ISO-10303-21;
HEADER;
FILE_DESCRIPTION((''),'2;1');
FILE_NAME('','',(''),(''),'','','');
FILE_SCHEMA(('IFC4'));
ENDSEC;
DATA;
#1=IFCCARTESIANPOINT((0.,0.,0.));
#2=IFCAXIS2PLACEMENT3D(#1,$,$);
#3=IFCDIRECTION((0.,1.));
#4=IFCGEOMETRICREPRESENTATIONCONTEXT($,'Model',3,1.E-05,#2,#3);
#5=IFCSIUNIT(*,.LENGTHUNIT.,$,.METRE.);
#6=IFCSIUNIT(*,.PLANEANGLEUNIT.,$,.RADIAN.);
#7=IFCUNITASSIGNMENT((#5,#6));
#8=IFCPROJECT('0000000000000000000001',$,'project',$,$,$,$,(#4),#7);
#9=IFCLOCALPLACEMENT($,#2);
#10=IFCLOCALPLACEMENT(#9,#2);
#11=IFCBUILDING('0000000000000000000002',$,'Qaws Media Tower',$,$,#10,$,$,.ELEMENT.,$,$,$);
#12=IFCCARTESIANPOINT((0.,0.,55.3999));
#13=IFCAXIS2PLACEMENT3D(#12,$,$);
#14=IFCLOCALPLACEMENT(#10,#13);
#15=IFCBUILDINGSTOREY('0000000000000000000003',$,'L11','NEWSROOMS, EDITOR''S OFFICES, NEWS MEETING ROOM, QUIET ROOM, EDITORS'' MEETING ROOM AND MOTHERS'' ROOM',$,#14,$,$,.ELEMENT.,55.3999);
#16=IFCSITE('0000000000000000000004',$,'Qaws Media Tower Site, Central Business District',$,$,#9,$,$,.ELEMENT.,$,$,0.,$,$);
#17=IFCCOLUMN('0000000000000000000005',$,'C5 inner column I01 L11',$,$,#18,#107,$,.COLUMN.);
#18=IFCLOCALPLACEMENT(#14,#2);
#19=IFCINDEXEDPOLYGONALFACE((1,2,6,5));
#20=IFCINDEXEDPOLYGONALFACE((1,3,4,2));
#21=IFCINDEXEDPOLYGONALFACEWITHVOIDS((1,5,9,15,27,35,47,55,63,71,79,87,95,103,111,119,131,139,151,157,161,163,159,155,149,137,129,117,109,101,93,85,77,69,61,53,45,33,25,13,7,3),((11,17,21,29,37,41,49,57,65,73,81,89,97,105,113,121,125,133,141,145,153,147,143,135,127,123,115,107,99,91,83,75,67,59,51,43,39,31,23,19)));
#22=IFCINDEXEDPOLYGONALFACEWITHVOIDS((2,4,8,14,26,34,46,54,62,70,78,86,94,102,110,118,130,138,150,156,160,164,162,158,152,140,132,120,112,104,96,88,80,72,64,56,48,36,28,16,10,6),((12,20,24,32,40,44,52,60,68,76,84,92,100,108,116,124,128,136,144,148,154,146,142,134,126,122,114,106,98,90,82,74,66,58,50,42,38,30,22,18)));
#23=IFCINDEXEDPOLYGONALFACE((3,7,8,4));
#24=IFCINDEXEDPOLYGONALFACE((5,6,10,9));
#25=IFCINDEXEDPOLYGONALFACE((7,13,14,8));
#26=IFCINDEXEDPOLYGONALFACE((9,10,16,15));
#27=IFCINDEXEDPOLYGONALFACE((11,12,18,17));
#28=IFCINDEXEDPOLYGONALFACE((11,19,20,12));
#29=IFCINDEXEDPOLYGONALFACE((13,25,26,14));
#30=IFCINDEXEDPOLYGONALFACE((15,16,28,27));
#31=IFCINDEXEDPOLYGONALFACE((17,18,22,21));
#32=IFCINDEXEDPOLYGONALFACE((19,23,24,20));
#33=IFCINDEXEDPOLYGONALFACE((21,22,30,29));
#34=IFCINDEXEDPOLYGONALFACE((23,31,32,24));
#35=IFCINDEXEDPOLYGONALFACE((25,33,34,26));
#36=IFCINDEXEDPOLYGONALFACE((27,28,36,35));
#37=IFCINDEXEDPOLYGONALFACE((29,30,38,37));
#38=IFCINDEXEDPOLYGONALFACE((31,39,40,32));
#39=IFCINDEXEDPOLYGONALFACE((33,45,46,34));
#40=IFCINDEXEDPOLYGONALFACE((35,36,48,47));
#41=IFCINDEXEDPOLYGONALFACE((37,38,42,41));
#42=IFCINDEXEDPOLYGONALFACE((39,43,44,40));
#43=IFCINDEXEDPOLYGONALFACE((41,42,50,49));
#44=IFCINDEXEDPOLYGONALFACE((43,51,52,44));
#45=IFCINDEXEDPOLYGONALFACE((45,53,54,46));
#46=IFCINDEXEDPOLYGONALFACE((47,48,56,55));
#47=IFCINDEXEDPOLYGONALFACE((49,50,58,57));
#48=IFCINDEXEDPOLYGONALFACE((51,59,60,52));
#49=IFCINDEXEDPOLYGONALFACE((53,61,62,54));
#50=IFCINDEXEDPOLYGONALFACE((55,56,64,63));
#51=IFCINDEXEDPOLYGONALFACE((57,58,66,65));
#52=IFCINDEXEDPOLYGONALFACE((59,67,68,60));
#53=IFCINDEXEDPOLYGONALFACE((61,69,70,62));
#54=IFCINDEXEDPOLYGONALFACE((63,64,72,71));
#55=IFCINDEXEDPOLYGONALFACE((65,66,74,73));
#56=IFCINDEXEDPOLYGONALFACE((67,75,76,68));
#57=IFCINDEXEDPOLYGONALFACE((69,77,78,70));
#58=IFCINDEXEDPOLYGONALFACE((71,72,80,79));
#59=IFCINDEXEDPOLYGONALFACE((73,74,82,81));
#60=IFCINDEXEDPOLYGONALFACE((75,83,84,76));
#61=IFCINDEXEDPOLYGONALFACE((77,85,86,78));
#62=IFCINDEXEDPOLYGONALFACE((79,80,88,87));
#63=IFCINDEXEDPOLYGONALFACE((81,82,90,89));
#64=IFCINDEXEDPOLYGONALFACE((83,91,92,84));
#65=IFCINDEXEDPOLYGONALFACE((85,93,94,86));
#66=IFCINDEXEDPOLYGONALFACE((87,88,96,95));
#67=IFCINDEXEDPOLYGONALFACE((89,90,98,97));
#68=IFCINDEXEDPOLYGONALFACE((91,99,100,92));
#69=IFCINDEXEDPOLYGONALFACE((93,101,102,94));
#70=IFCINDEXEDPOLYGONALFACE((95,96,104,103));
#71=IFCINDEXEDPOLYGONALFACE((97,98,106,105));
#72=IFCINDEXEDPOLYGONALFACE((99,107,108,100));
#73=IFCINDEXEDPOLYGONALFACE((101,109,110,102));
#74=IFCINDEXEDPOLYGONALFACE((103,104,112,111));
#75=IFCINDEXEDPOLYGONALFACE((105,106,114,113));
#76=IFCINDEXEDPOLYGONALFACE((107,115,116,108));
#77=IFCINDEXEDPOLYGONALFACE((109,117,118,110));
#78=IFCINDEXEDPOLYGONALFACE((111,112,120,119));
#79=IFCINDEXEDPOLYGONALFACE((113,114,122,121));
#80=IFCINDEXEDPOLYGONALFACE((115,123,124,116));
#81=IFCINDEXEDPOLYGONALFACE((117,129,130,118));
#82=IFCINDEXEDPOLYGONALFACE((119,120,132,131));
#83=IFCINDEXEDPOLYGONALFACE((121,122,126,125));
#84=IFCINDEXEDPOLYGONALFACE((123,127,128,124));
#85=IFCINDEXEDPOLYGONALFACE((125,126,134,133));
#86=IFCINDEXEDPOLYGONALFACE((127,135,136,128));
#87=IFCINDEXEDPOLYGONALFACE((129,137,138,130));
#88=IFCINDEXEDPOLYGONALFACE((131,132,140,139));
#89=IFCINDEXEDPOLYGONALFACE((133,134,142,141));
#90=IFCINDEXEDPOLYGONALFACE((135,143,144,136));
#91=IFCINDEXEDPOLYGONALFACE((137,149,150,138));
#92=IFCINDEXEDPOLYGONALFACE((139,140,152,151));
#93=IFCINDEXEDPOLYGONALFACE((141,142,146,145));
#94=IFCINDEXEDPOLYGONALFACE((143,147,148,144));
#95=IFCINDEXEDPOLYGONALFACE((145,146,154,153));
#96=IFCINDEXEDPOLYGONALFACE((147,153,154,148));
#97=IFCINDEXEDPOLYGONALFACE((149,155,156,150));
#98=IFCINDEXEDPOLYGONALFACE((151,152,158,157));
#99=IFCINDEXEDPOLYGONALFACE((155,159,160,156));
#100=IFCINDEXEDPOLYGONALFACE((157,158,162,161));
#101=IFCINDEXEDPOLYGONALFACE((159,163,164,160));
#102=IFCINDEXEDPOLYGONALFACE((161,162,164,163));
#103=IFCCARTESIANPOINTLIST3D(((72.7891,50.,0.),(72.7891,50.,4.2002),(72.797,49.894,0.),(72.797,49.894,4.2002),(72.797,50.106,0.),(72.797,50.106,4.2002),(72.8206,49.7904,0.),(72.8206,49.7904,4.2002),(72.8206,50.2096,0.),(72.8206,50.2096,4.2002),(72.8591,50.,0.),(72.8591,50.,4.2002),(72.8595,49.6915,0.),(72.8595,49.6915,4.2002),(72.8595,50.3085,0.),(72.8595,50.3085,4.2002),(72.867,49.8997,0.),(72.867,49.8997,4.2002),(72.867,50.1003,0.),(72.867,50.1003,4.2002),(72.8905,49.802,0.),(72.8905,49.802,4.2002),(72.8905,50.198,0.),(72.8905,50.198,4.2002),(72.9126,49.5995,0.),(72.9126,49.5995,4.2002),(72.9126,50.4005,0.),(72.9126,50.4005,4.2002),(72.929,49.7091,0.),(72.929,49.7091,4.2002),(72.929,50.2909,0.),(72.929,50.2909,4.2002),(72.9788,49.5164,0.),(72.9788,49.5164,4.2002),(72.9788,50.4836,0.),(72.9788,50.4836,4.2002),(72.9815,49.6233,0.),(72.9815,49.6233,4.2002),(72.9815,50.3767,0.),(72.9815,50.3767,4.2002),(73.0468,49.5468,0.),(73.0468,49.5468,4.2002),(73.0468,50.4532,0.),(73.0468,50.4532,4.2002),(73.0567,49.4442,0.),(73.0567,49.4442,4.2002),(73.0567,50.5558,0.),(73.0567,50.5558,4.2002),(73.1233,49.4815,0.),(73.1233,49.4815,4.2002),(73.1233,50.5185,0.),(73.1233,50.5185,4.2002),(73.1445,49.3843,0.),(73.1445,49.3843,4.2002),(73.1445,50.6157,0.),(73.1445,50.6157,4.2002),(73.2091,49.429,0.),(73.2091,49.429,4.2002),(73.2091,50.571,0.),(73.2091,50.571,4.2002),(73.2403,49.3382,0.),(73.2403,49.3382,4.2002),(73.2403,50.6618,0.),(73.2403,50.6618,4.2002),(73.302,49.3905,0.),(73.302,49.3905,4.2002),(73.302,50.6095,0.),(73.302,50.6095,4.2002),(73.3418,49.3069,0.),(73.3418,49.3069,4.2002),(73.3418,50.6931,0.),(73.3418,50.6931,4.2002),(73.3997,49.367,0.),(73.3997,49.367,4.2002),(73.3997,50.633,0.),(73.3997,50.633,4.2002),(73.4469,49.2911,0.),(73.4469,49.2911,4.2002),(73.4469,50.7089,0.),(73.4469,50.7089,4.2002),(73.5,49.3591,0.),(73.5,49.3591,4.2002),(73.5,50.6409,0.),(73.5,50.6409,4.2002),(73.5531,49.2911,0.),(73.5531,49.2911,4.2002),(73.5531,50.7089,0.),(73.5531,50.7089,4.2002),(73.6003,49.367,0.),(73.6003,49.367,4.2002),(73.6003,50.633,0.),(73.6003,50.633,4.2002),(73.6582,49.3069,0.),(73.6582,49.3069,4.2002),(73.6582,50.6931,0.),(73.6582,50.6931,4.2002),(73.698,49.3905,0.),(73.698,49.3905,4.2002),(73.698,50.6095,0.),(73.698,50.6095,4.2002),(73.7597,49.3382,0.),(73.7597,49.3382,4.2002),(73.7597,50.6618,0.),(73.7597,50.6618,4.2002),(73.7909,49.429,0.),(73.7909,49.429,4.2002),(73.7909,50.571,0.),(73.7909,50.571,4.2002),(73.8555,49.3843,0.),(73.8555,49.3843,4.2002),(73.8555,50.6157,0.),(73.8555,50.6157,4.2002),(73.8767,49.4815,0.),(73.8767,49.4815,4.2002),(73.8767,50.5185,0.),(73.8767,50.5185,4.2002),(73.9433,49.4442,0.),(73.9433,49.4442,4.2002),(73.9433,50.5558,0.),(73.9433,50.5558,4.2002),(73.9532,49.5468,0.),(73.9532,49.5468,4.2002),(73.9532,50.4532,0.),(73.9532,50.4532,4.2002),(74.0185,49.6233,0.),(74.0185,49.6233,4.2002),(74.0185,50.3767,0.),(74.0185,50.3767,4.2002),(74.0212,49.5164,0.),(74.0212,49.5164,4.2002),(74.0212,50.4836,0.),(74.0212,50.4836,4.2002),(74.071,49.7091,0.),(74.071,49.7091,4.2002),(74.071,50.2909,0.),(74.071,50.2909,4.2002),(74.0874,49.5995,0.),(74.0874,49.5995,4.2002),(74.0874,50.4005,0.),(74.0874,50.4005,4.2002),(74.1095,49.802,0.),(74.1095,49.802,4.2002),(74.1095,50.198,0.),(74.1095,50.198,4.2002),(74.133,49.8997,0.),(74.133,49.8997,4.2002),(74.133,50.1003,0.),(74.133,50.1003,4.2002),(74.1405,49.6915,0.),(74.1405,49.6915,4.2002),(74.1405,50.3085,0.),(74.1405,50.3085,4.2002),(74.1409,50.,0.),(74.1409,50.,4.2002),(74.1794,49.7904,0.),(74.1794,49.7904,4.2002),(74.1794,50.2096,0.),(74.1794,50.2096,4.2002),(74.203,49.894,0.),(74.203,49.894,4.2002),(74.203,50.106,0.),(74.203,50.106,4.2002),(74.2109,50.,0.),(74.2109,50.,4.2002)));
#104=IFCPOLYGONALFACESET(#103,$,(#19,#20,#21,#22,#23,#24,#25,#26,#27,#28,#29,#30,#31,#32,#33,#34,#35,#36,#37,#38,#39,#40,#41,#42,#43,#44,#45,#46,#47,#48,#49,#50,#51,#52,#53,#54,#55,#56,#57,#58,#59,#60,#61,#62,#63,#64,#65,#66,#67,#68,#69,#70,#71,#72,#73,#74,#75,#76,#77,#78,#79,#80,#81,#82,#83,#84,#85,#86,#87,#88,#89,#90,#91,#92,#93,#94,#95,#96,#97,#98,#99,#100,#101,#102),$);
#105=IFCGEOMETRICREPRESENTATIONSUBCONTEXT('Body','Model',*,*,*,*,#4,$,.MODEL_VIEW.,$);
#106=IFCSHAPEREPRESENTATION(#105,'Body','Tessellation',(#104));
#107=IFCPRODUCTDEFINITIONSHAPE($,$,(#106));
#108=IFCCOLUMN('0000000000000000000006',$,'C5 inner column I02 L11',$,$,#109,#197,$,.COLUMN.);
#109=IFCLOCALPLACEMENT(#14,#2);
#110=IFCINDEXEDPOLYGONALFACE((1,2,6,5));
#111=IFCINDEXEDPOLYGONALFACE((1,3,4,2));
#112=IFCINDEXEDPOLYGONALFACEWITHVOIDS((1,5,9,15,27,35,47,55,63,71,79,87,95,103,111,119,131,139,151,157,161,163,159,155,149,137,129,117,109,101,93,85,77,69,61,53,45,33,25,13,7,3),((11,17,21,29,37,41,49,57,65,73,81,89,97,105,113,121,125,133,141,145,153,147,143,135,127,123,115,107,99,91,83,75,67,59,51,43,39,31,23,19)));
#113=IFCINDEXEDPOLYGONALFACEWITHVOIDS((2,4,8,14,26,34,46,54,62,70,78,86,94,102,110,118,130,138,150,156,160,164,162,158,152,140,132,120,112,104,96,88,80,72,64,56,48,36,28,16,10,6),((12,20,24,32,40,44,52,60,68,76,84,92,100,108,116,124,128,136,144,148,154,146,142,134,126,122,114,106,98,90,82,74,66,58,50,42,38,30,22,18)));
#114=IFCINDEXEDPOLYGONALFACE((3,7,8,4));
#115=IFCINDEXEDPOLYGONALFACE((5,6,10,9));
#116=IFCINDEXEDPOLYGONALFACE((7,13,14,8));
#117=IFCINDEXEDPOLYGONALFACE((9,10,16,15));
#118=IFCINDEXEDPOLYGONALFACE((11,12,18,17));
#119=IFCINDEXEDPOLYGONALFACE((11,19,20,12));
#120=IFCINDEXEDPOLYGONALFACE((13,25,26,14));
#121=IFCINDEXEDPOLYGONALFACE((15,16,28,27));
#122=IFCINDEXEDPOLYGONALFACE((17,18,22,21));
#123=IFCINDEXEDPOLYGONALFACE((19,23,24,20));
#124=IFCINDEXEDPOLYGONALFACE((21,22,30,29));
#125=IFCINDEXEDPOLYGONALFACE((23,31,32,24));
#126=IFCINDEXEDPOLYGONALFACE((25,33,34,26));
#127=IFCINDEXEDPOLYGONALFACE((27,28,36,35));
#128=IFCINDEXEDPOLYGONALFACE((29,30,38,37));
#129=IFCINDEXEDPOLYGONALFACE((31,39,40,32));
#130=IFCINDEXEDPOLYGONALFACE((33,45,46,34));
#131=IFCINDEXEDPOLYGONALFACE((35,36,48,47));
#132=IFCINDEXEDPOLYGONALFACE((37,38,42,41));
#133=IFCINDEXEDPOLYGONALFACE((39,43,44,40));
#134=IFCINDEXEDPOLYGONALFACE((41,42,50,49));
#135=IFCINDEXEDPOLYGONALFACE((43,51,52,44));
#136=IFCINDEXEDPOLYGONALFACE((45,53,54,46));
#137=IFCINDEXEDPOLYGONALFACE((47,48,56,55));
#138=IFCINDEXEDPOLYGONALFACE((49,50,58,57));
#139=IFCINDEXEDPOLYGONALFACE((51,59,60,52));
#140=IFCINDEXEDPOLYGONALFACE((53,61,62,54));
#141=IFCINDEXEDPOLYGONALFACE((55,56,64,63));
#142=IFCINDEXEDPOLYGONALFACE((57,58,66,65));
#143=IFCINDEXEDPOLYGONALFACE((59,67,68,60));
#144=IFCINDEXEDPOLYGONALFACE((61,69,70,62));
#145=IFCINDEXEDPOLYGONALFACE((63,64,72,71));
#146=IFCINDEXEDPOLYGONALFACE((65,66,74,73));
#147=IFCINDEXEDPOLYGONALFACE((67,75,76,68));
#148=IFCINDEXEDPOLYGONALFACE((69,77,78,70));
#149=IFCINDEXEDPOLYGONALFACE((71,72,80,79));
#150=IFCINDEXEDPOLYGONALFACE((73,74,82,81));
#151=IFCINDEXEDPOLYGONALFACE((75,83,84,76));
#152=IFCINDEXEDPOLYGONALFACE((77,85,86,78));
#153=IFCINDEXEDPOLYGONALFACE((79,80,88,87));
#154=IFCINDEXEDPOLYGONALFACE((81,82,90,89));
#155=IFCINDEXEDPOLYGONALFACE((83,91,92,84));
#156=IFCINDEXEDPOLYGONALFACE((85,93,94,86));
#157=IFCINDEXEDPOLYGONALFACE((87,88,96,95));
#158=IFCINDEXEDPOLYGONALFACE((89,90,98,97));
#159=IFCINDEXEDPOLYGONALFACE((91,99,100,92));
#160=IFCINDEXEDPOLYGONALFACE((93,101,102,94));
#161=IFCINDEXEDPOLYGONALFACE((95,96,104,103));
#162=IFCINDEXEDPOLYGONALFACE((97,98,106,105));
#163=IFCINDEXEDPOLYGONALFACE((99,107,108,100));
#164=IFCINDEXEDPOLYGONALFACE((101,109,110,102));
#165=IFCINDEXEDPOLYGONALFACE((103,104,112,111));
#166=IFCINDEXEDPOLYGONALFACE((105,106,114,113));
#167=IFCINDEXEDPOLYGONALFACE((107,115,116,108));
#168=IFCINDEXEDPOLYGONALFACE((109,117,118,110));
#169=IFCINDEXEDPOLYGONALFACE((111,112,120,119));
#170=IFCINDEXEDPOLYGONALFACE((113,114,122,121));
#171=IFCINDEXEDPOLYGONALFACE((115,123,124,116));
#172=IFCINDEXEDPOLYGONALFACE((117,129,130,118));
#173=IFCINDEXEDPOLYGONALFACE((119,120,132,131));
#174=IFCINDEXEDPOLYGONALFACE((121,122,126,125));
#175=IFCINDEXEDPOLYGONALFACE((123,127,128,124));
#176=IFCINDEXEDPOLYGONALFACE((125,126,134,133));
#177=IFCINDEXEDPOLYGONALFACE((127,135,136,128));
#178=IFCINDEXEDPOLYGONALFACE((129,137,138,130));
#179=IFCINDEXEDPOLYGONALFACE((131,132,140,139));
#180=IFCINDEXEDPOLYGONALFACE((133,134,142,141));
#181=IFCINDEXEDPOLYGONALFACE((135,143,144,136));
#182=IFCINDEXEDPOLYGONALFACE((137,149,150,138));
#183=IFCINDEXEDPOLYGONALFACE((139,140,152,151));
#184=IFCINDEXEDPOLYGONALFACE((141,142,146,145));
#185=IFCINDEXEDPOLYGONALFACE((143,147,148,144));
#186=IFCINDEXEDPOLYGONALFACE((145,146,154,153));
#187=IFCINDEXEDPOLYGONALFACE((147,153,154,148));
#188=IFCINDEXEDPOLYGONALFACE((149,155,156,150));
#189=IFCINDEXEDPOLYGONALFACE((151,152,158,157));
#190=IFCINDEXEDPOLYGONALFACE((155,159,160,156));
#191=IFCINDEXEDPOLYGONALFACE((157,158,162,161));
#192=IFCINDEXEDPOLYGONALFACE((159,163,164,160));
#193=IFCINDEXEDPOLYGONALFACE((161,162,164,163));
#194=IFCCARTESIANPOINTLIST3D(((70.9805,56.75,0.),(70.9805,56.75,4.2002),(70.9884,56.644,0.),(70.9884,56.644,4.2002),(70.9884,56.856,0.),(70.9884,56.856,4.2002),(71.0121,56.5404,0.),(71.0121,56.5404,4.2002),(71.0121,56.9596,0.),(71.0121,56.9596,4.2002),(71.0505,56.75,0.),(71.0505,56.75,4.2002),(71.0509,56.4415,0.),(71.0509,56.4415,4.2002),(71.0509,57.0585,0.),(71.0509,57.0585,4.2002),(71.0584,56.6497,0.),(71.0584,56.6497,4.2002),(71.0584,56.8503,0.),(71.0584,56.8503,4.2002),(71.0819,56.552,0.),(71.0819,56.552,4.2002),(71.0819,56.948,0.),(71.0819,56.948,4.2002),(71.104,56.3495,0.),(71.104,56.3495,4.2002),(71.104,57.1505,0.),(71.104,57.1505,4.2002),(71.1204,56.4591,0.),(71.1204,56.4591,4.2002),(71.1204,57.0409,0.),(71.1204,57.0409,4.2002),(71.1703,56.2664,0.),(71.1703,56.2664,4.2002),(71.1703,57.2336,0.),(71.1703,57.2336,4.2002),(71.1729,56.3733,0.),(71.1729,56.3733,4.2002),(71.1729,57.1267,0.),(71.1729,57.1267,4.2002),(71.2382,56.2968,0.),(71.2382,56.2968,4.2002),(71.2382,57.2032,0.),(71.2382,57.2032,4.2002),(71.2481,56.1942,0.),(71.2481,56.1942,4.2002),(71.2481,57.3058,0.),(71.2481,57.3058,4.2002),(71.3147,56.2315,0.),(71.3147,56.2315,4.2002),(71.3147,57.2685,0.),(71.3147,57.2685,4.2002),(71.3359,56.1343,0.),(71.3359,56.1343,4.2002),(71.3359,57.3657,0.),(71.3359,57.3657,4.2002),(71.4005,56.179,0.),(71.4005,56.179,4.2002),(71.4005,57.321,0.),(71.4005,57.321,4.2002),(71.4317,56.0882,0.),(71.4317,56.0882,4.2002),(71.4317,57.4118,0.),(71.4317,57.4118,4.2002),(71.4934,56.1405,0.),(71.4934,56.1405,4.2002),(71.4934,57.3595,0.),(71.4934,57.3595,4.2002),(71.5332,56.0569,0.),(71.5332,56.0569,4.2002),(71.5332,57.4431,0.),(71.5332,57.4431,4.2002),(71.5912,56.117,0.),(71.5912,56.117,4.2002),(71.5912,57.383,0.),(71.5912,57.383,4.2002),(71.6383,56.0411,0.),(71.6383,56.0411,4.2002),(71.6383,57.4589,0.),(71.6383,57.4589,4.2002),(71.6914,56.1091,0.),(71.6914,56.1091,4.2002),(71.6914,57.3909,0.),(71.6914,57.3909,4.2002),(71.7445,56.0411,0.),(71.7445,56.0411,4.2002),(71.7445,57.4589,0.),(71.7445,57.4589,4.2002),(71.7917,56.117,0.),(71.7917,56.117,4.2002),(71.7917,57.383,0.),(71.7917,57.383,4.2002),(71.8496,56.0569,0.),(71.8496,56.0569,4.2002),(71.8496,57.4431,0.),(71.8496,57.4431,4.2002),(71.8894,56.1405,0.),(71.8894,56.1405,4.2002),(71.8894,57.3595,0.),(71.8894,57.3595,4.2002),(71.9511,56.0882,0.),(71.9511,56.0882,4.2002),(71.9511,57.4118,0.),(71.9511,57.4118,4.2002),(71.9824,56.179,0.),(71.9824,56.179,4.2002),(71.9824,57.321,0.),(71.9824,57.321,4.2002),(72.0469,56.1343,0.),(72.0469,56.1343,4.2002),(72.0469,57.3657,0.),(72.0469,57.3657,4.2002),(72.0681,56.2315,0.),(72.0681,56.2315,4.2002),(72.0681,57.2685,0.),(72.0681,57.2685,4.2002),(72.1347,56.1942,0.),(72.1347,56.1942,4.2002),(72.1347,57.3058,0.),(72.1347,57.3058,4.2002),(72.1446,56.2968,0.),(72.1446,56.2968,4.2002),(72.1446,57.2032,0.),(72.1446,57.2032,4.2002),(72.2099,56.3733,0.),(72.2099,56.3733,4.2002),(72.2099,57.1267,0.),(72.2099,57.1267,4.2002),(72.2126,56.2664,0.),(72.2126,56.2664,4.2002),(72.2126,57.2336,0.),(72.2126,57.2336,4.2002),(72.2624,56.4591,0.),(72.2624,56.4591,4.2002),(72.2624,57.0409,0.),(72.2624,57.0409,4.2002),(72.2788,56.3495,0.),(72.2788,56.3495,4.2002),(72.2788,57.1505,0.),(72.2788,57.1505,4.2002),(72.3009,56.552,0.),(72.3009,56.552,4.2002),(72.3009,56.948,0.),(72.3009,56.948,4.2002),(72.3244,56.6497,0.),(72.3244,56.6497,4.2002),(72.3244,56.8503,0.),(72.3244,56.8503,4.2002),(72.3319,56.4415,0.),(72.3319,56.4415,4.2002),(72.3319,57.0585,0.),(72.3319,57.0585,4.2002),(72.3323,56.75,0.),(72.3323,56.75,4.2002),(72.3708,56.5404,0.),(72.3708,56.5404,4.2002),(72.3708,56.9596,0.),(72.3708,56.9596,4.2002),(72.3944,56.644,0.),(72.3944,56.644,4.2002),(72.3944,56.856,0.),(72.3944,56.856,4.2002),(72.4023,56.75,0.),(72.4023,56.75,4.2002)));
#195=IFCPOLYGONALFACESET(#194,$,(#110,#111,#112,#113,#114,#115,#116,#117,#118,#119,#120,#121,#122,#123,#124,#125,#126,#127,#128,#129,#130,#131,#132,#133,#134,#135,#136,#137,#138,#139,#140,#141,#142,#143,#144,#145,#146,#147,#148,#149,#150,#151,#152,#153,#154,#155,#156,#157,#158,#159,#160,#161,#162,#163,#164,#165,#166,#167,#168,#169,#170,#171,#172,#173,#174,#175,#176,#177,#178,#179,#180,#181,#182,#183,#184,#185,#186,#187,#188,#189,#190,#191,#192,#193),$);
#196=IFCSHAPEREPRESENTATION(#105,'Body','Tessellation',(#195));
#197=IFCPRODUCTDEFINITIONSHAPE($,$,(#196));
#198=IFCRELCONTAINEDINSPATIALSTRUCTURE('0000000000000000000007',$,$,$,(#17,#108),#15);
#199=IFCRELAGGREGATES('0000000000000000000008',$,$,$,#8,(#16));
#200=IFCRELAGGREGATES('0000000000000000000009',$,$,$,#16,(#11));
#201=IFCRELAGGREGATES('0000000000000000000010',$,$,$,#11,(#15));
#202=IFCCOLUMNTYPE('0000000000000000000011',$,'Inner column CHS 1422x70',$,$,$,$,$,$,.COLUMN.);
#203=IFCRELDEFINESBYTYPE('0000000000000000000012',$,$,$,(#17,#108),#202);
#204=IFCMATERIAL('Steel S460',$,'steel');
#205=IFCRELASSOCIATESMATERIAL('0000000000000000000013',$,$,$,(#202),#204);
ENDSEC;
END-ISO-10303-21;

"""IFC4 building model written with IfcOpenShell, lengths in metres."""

from ifc_helpers import new_model, si_unit, direction, frame, origin, origin_2d, place, context, subcontext, project, spatial, hollow_circle, extrude, material, material_profile, profile_set, type_object, element, save


model = new_model("IFC4")

# Units and contexts
model_context = context("Model", 3, precision=1e-05, world=origin(), true_north=direction((0.0, 1.0)))
body_context = subcontext(model_context, "Body", "Model", "MODEL_VIEW")
ifc_project = project(units=[si_unit("LENGTHUNIT", "METRE"), si_unit("PLANEANGLEUNIT", "RADIAN")], contexts=[model_context])

# Site, building, storey
site_placement = place(None, origin())
site = spatial("IfcSite", under=ifc_project, at=site_placement, Name="Qaws Media Tower Site, Central Business District", CompositionType="ELEMENT", RefElevation=0.0)
building_placement = place(site_placement, origin())
building = spatial("IfcBuilding", under=site, at=building_placement, Name="Qaws Media Tower", CompositionType="ELEMENT")
storey_placement = place(building_placement, frame((0.0, 0.0, 55.3999)))
storey = spatial("IfcBuildingStorey", under=building, at=storey_placement, Name="L11", Description="NEWSROOMS, EDITOR'S OFFICES, NEWS MEETING ROOM, QUIET ROOM, EDITORS' MEETING ROOM AND MOTHERS' ROOM", CompositionType="ELEMENT", Elevation=55.3999)

# Columns
ifc_material_1 = material(Name="Steel S460", Category="steel")
ifc_material_profile_1 = material_profile(ifc_material_1, hollow_circle(Radius=0.7109, WallThickness=0.0701, at=origin_2d()), Name="CHS 1422x70")
ifc_profile_set_1 = profile_set([ifc_material_profile_1], Name="Steel S460")
column_type = type_object("IfcColumnType", Name="Inner column CHS 1422x70", PredefinedType="COLUMN", material=ifc_profile_set_1)
for number, where, z_axis, x_axis, name in (
    (1, (73.5, 50.0, 0.0), (0.0, 0.0, 1.0), (1.0, 0.0, 0.0), "C5 inner column I01 L11"),
    (2, (71.6914, 56.75, 0.0), (0.0, 0.0, 1.0), (1.0, 0.0, 0.0), "C5 inner column I02 L11"),
):
    element("IfcColumn", number, at=place(storey_placement, frame(where, z_axis=z_axis, x_axis=x_axis)), inside=storey, type_object=column_type, Name=name, PredefinedType="COLUMN", context=body_context, shape_type="SweptSolid", body=[
        extrude(hollow_circle(Radius=0.7109, WallThickness=0.0701, at=origin_2d()), origin(), (0.0, 0.0, 1.0), 4.2002),
    ])

save(model, "model.ifc")
